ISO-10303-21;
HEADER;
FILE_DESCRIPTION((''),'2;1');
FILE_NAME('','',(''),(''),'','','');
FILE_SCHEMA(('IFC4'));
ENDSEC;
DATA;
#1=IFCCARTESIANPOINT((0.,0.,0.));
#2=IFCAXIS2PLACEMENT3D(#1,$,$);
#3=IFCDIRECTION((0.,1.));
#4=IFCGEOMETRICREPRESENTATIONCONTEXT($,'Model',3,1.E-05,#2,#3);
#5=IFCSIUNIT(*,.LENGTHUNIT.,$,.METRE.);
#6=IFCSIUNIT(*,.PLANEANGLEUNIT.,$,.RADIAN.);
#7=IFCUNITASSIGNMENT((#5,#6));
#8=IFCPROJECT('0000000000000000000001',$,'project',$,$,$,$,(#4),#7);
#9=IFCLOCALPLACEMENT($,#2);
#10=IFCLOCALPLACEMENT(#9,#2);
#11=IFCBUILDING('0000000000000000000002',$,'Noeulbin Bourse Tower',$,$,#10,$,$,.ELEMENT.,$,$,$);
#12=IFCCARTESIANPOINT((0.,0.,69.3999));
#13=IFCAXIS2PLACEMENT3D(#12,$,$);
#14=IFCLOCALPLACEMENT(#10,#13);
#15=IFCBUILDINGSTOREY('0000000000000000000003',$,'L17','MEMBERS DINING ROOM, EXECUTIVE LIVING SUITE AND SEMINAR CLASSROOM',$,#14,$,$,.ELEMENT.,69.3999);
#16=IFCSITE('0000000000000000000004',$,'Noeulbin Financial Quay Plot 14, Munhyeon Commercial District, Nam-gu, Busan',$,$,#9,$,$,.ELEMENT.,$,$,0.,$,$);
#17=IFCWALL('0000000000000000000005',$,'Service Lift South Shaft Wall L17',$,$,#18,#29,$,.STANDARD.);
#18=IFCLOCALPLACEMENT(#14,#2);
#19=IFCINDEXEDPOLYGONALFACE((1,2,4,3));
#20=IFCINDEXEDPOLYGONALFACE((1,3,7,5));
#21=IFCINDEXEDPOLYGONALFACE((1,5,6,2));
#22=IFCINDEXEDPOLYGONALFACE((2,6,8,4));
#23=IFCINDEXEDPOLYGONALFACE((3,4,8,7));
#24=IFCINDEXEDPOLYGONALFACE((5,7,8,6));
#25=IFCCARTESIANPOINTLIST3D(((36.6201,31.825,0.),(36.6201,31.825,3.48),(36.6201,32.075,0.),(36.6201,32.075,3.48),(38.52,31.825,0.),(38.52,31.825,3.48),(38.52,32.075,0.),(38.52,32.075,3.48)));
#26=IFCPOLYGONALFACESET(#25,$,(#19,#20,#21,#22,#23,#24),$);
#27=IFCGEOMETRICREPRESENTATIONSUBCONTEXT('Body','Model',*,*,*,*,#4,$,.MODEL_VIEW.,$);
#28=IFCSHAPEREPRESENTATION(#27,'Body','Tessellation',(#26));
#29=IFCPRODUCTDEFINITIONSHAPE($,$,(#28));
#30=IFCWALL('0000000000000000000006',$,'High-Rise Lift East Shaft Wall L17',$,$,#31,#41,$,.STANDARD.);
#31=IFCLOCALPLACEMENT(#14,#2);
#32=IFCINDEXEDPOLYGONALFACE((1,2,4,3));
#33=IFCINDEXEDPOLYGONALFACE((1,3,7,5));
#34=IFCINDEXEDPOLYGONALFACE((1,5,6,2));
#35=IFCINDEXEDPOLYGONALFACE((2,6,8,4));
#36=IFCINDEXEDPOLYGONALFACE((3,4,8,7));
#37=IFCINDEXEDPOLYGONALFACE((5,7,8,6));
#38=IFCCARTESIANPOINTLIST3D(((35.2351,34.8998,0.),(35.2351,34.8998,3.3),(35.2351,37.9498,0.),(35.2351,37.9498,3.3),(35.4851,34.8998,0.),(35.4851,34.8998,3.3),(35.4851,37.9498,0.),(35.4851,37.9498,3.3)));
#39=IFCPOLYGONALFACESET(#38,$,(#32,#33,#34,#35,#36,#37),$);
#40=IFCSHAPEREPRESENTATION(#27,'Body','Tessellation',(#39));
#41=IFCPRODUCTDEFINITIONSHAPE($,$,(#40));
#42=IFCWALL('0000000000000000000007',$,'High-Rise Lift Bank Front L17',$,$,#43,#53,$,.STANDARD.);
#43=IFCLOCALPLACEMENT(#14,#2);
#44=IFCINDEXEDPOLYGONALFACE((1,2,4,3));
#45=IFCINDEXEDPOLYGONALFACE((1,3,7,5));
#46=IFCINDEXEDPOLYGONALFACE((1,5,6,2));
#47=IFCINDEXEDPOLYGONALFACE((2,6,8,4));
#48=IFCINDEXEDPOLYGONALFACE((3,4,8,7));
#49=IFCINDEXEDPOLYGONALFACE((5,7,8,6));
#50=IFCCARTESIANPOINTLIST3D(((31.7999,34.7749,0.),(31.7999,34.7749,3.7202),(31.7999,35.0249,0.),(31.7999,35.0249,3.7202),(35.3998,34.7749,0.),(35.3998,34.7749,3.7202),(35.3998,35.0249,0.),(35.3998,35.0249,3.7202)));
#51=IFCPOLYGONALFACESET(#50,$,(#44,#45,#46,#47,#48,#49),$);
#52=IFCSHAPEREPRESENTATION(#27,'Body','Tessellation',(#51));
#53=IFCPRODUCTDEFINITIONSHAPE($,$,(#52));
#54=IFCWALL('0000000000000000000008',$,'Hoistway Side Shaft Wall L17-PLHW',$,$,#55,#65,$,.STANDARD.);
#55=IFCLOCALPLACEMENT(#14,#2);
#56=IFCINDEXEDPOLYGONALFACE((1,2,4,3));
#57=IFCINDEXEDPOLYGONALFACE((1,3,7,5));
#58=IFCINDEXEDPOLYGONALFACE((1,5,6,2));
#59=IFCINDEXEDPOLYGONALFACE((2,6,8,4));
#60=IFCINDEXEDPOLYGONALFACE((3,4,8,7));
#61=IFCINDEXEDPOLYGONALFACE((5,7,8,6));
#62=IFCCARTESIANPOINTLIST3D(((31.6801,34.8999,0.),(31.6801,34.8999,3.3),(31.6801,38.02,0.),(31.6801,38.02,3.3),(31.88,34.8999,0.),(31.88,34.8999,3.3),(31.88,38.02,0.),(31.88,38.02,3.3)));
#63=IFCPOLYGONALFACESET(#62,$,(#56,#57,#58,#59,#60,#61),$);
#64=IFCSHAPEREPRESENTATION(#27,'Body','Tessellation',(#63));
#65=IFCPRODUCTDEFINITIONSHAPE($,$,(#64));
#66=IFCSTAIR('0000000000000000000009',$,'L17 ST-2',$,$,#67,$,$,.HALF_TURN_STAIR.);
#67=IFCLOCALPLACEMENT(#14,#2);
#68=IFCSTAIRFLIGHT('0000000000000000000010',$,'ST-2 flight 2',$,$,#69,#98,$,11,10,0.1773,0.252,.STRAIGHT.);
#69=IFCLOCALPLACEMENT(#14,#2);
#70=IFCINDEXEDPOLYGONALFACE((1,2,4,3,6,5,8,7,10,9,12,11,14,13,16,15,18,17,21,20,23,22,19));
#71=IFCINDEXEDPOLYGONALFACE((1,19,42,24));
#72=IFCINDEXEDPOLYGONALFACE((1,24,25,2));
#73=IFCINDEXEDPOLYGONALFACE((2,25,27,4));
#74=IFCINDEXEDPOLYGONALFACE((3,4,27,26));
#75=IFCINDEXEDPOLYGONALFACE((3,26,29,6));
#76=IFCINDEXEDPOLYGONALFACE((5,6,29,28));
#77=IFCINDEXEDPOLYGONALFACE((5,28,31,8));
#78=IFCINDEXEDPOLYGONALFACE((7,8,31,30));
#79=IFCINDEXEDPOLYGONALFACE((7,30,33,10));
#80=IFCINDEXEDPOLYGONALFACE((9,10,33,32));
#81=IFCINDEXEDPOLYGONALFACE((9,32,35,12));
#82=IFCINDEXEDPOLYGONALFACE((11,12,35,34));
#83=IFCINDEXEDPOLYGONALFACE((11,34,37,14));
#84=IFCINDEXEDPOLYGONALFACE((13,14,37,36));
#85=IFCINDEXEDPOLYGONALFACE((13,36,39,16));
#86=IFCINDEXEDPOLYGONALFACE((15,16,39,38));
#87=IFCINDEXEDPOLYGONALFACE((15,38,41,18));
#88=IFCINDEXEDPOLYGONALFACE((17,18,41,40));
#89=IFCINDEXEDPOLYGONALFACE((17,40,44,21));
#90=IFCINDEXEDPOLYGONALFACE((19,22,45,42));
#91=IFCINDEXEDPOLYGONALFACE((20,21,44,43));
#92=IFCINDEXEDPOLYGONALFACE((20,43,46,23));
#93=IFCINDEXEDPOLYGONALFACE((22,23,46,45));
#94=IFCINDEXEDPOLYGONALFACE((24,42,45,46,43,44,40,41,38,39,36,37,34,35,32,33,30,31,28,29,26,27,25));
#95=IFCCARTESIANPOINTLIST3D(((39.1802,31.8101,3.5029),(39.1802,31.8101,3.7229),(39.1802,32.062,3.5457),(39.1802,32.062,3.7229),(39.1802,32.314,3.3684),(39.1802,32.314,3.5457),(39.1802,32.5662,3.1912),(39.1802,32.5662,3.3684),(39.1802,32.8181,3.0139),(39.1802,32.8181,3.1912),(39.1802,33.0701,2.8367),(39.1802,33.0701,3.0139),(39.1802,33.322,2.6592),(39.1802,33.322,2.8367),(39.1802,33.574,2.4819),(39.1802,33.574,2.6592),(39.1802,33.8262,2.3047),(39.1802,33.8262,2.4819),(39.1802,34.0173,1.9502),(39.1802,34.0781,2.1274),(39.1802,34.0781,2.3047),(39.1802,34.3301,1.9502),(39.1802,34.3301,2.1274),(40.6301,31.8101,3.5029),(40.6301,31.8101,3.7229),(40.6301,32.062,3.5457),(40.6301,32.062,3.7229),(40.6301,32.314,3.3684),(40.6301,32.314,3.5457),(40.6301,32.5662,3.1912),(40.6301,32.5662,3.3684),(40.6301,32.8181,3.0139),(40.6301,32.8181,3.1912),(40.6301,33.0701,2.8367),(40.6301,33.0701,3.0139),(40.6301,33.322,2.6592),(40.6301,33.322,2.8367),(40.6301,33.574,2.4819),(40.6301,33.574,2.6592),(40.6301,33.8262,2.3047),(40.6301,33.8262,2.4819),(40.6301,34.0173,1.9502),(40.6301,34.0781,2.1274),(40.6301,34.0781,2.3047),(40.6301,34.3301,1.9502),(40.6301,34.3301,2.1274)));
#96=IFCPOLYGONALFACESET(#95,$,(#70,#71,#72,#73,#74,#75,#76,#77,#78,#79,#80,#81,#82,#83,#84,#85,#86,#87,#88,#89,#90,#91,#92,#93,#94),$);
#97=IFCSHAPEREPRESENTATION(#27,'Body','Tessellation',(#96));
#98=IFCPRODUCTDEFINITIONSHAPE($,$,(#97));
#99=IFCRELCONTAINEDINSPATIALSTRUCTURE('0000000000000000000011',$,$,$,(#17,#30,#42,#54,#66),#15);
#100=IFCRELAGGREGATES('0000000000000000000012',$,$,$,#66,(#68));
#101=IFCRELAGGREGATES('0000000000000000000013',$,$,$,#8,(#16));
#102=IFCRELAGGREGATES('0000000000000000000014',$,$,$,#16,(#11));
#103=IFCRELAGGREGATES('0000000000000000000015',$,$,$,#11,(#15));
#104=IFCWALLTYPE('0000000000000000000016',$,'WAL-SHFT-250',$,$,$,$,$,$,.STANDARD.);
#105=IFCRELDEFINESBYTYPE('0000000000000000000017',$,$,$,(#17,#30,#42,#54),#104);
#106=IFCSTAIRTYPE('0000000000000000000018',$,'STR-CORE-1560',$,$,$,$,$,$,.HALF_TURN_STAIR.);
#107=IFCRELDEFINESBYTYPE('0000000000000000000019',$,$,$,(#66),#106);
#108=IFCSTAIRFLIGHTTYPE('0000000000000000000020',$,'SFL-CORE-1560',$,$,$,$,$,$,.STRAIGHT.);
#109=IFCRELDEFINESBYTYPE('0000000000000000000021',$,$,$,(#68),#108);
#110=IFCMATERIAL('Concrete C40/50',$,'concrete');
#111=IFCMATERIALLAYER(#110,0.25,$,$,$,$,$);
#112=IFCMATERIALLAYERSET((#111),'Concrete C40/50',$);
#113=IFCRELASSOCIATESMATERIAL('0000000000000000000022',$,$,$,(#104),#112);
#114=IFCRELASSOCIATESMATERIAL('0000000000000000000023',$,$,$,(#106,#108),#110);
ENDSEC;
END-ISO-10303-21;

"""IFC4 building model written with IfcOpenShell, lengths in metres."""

from ifc_helpers import new_model, si_unit, direction, frame, frame_2d, origin, place, context, subcontext, project, spatial, polyline, rectangle, outline, extrude, material, layer, layer_set, type_object, element, aggregate, save


model = new_model("IFC4")

# Units and contexts
model_context = context("Model", 3, precision=1e-05, world=origin(), true_north=direction((0.0, 1.0)))
body_context = subcontext(model_context, "Body", "Model", "MODEL_VIEW")
ifc_project = project(units=[si_unit("LENGTHUNIT", "METRE"), si_unit("PLANEANGLEUNIT", "RADIAN")], contexts=[model_context])

# Site, building, storey
site_placement = place(None, origin())
site = spatial("IfcSite", under=ifc_project, at=site_placement, Name="Noeulbin Financial Quay Plot 14, Munhyeon Commercial District, Nam-gu, Busan", CompositionType="ELEMENT", RefElevation=0.0)
building_placement = place(site_placement, origin())
building = spatial("IfcBuilding", under=site, at=building_placement, Name="Noeulbin Bourse Tower", CompositionType="ELEMENT")
storey_placement = place(building_placement, frame((0.0, 0.0, 69.3999)))
storey = spatial("IfcBuildingStorey", under=building, at=storey_placement, Name="L17", Description="MEMBERS DINING ROOM, EXECUTIVE LIVING SUITE AND SEMINAR CLASSROOM", CompositionType="ELEMENT", Elevation=69.3999)

# Shared definitions
ifc_material_1 = material(Name="Concrete C40/50", Category="concrete")

# Shared definitions
ifc_layer_1 = layer(ifc_material_1, 0.25)
ifc_layer_set_1 = layer_set([ifc_layer_1], Name="Concrete C40/50")
wall_type_1 = type_object("IfcWallType", Name="WAL-SHFT-250", PredefinedType="STANDARD", material=ifc_layer_set_1)

# Walls
wall_1_placement = place(storey_placement, frame((36.6201, 31.95, 0.0), z_axis=(0.0, 0.0, 1.0), x_axis=(1.0, 0.0, 0.0)))
element("IfcWall", 1, at=wall_1_placement, inside=storey, type_object=wall_type_1, Name="Service Lift South Shaft Wall L17", PredefinedType="STANDARD", context=body_context, shape_type="SweptSolid", body=[
    extrude(rectangle(XDim=1.8999, YDim=0.25, at=frame_2d((0.95, 0.0))), origin(), (0.0, 0.0, 1.0), 3.48),
])
wall_2_placement = place(storey_placement, frame((35.3601, 34.8999, 0.0), z_axis=(0.0, 0.0, 1.0), x_axis=(0.0, 1.0, 0.0)))
element("IfcWall", 2, at=wall_2_placement, inside=storey, type_object=wall_type_1, Name="High-Rise Lift East Shaft Wall L17", PredefinedType="STANDARD", context=body_context, shape_type="SweptSolid", body=[
    extrude(rectangle(XDim=3.05, YDim=0.25, at=frame_2d((1.5249, 0.0))), origin(), (0.0, 0.0, 1.0), 3.3),
])
wall_3_placement = place(storey_placement, frame((31.8, 34.8999, 0.0), z_axis=(0.0, 0.0, 1.0), x_axis=(1.0, 0.0, 0.0)))
element("IfcWall", 3, at=wall_3_placement, inside=storey, type_object=wall_type_1, Name="High-Rise Lift Bank Front L17", PredefinedType="STANDARD", context=body_context, shape_type="SweptSolid", body=[
    extrude(rectangle(XDim=3.5999, YDim=0.25, at=frame_2d((1.7998, 0.0))), origin(), (0.0, 0.0, 1.0), 3.7202),
])
wall_4_placement = place(storey_placement, frame((31.78, 34.8999, 0.0), z_axis=(0.0, 0.0, 1.0), x_axis=(0.0, 1.0, 0.0)))
element("IfcWall", 4, at=wall_4_placement, inside=storey, type_object=wall_type_1, Name="Hoistway Side Shaft Wall L17-PLHW", PredefinedType="STANDARD", context=body_context, shape_type="SweptSolid", body=[
    extrude(rectangle(XDim=3.1201, YDim=0.2, at=frame_2d((1.5601, 0.0))), origin(), (0.0, 0.0, 1.0), 3.3),
])

# Stair, stair flight
stair_type = type_object("IfcStairType", Name="STR-CORE-1560", PredefinedType="HALF_TURN_STAIR", material=ifc_material_1)
stair_placement = place(storey_placement, origin())
stair = element("IfcStair", 5, at=stair_placement, inside=storey, type_object=stair_type, Name="L17 ST-2", PredefinedType="HALF_TURN_STAIR")
stair_flight_type = type_object("IfcStairFlightType", Name="SFL-CORE-1560", PredefinedType="STRAIGHT", material=ifc_material_1)
stair_flight_placement = place(storey_placement, frame((39.905, 34.3301, 1.9502), z_axis=(0.0, 0.0, 1.0), x_axis=(0.0, -1.0, 0.0)))
stair_flight = element("IfcStairFlight", 6, at=stair_flight_placement, type_object=stair_flight_type, Name="ST-2 flight 2", NumberOfRisers=11, NumberOfTreads=10, PredefinedType="STRAIGHT", RiserHeight=0.1773, TreadLength=0.252, context=body_context, shape_type="SweptSolid", body=[
    extrude(outline(polyline([(0.0, 0.0), (0.0, 0.1772), (0.252, 0.1772), (0.252, 0.3545), (0.5039, 0.3545), (0.5039, 0.5317), (0.7561, 0.5317), (0.7561, 0.709), (1.0081, 0.709), (1.0081, 0.8865), (1.26, 0.8865), (1.26, 1.0637), (1.512, 1.0637), (1.512, 1.241), (1.7639, 1.241), (1.7639, 1.4182), (2.0161, 1.4182), (2.0161, 1.5955), (2.2681, 1.5955), (2.2681, 1.7727), (2.52, 1.7727), (2.52, 1.95), (2.52, 1.5527), (0.3127, 0.0), (0.0, 0.0)])), frame((0.0, 0.7251, 0.0), z_axis=(0.0, -1.0, 0.0), x_axis=(1.0, 0.0, 0.0)), (0.0, 0.0, 1.0), 1.45),
])
aggregate(stair, [stair_flight])

save(model, "model.ifc")
